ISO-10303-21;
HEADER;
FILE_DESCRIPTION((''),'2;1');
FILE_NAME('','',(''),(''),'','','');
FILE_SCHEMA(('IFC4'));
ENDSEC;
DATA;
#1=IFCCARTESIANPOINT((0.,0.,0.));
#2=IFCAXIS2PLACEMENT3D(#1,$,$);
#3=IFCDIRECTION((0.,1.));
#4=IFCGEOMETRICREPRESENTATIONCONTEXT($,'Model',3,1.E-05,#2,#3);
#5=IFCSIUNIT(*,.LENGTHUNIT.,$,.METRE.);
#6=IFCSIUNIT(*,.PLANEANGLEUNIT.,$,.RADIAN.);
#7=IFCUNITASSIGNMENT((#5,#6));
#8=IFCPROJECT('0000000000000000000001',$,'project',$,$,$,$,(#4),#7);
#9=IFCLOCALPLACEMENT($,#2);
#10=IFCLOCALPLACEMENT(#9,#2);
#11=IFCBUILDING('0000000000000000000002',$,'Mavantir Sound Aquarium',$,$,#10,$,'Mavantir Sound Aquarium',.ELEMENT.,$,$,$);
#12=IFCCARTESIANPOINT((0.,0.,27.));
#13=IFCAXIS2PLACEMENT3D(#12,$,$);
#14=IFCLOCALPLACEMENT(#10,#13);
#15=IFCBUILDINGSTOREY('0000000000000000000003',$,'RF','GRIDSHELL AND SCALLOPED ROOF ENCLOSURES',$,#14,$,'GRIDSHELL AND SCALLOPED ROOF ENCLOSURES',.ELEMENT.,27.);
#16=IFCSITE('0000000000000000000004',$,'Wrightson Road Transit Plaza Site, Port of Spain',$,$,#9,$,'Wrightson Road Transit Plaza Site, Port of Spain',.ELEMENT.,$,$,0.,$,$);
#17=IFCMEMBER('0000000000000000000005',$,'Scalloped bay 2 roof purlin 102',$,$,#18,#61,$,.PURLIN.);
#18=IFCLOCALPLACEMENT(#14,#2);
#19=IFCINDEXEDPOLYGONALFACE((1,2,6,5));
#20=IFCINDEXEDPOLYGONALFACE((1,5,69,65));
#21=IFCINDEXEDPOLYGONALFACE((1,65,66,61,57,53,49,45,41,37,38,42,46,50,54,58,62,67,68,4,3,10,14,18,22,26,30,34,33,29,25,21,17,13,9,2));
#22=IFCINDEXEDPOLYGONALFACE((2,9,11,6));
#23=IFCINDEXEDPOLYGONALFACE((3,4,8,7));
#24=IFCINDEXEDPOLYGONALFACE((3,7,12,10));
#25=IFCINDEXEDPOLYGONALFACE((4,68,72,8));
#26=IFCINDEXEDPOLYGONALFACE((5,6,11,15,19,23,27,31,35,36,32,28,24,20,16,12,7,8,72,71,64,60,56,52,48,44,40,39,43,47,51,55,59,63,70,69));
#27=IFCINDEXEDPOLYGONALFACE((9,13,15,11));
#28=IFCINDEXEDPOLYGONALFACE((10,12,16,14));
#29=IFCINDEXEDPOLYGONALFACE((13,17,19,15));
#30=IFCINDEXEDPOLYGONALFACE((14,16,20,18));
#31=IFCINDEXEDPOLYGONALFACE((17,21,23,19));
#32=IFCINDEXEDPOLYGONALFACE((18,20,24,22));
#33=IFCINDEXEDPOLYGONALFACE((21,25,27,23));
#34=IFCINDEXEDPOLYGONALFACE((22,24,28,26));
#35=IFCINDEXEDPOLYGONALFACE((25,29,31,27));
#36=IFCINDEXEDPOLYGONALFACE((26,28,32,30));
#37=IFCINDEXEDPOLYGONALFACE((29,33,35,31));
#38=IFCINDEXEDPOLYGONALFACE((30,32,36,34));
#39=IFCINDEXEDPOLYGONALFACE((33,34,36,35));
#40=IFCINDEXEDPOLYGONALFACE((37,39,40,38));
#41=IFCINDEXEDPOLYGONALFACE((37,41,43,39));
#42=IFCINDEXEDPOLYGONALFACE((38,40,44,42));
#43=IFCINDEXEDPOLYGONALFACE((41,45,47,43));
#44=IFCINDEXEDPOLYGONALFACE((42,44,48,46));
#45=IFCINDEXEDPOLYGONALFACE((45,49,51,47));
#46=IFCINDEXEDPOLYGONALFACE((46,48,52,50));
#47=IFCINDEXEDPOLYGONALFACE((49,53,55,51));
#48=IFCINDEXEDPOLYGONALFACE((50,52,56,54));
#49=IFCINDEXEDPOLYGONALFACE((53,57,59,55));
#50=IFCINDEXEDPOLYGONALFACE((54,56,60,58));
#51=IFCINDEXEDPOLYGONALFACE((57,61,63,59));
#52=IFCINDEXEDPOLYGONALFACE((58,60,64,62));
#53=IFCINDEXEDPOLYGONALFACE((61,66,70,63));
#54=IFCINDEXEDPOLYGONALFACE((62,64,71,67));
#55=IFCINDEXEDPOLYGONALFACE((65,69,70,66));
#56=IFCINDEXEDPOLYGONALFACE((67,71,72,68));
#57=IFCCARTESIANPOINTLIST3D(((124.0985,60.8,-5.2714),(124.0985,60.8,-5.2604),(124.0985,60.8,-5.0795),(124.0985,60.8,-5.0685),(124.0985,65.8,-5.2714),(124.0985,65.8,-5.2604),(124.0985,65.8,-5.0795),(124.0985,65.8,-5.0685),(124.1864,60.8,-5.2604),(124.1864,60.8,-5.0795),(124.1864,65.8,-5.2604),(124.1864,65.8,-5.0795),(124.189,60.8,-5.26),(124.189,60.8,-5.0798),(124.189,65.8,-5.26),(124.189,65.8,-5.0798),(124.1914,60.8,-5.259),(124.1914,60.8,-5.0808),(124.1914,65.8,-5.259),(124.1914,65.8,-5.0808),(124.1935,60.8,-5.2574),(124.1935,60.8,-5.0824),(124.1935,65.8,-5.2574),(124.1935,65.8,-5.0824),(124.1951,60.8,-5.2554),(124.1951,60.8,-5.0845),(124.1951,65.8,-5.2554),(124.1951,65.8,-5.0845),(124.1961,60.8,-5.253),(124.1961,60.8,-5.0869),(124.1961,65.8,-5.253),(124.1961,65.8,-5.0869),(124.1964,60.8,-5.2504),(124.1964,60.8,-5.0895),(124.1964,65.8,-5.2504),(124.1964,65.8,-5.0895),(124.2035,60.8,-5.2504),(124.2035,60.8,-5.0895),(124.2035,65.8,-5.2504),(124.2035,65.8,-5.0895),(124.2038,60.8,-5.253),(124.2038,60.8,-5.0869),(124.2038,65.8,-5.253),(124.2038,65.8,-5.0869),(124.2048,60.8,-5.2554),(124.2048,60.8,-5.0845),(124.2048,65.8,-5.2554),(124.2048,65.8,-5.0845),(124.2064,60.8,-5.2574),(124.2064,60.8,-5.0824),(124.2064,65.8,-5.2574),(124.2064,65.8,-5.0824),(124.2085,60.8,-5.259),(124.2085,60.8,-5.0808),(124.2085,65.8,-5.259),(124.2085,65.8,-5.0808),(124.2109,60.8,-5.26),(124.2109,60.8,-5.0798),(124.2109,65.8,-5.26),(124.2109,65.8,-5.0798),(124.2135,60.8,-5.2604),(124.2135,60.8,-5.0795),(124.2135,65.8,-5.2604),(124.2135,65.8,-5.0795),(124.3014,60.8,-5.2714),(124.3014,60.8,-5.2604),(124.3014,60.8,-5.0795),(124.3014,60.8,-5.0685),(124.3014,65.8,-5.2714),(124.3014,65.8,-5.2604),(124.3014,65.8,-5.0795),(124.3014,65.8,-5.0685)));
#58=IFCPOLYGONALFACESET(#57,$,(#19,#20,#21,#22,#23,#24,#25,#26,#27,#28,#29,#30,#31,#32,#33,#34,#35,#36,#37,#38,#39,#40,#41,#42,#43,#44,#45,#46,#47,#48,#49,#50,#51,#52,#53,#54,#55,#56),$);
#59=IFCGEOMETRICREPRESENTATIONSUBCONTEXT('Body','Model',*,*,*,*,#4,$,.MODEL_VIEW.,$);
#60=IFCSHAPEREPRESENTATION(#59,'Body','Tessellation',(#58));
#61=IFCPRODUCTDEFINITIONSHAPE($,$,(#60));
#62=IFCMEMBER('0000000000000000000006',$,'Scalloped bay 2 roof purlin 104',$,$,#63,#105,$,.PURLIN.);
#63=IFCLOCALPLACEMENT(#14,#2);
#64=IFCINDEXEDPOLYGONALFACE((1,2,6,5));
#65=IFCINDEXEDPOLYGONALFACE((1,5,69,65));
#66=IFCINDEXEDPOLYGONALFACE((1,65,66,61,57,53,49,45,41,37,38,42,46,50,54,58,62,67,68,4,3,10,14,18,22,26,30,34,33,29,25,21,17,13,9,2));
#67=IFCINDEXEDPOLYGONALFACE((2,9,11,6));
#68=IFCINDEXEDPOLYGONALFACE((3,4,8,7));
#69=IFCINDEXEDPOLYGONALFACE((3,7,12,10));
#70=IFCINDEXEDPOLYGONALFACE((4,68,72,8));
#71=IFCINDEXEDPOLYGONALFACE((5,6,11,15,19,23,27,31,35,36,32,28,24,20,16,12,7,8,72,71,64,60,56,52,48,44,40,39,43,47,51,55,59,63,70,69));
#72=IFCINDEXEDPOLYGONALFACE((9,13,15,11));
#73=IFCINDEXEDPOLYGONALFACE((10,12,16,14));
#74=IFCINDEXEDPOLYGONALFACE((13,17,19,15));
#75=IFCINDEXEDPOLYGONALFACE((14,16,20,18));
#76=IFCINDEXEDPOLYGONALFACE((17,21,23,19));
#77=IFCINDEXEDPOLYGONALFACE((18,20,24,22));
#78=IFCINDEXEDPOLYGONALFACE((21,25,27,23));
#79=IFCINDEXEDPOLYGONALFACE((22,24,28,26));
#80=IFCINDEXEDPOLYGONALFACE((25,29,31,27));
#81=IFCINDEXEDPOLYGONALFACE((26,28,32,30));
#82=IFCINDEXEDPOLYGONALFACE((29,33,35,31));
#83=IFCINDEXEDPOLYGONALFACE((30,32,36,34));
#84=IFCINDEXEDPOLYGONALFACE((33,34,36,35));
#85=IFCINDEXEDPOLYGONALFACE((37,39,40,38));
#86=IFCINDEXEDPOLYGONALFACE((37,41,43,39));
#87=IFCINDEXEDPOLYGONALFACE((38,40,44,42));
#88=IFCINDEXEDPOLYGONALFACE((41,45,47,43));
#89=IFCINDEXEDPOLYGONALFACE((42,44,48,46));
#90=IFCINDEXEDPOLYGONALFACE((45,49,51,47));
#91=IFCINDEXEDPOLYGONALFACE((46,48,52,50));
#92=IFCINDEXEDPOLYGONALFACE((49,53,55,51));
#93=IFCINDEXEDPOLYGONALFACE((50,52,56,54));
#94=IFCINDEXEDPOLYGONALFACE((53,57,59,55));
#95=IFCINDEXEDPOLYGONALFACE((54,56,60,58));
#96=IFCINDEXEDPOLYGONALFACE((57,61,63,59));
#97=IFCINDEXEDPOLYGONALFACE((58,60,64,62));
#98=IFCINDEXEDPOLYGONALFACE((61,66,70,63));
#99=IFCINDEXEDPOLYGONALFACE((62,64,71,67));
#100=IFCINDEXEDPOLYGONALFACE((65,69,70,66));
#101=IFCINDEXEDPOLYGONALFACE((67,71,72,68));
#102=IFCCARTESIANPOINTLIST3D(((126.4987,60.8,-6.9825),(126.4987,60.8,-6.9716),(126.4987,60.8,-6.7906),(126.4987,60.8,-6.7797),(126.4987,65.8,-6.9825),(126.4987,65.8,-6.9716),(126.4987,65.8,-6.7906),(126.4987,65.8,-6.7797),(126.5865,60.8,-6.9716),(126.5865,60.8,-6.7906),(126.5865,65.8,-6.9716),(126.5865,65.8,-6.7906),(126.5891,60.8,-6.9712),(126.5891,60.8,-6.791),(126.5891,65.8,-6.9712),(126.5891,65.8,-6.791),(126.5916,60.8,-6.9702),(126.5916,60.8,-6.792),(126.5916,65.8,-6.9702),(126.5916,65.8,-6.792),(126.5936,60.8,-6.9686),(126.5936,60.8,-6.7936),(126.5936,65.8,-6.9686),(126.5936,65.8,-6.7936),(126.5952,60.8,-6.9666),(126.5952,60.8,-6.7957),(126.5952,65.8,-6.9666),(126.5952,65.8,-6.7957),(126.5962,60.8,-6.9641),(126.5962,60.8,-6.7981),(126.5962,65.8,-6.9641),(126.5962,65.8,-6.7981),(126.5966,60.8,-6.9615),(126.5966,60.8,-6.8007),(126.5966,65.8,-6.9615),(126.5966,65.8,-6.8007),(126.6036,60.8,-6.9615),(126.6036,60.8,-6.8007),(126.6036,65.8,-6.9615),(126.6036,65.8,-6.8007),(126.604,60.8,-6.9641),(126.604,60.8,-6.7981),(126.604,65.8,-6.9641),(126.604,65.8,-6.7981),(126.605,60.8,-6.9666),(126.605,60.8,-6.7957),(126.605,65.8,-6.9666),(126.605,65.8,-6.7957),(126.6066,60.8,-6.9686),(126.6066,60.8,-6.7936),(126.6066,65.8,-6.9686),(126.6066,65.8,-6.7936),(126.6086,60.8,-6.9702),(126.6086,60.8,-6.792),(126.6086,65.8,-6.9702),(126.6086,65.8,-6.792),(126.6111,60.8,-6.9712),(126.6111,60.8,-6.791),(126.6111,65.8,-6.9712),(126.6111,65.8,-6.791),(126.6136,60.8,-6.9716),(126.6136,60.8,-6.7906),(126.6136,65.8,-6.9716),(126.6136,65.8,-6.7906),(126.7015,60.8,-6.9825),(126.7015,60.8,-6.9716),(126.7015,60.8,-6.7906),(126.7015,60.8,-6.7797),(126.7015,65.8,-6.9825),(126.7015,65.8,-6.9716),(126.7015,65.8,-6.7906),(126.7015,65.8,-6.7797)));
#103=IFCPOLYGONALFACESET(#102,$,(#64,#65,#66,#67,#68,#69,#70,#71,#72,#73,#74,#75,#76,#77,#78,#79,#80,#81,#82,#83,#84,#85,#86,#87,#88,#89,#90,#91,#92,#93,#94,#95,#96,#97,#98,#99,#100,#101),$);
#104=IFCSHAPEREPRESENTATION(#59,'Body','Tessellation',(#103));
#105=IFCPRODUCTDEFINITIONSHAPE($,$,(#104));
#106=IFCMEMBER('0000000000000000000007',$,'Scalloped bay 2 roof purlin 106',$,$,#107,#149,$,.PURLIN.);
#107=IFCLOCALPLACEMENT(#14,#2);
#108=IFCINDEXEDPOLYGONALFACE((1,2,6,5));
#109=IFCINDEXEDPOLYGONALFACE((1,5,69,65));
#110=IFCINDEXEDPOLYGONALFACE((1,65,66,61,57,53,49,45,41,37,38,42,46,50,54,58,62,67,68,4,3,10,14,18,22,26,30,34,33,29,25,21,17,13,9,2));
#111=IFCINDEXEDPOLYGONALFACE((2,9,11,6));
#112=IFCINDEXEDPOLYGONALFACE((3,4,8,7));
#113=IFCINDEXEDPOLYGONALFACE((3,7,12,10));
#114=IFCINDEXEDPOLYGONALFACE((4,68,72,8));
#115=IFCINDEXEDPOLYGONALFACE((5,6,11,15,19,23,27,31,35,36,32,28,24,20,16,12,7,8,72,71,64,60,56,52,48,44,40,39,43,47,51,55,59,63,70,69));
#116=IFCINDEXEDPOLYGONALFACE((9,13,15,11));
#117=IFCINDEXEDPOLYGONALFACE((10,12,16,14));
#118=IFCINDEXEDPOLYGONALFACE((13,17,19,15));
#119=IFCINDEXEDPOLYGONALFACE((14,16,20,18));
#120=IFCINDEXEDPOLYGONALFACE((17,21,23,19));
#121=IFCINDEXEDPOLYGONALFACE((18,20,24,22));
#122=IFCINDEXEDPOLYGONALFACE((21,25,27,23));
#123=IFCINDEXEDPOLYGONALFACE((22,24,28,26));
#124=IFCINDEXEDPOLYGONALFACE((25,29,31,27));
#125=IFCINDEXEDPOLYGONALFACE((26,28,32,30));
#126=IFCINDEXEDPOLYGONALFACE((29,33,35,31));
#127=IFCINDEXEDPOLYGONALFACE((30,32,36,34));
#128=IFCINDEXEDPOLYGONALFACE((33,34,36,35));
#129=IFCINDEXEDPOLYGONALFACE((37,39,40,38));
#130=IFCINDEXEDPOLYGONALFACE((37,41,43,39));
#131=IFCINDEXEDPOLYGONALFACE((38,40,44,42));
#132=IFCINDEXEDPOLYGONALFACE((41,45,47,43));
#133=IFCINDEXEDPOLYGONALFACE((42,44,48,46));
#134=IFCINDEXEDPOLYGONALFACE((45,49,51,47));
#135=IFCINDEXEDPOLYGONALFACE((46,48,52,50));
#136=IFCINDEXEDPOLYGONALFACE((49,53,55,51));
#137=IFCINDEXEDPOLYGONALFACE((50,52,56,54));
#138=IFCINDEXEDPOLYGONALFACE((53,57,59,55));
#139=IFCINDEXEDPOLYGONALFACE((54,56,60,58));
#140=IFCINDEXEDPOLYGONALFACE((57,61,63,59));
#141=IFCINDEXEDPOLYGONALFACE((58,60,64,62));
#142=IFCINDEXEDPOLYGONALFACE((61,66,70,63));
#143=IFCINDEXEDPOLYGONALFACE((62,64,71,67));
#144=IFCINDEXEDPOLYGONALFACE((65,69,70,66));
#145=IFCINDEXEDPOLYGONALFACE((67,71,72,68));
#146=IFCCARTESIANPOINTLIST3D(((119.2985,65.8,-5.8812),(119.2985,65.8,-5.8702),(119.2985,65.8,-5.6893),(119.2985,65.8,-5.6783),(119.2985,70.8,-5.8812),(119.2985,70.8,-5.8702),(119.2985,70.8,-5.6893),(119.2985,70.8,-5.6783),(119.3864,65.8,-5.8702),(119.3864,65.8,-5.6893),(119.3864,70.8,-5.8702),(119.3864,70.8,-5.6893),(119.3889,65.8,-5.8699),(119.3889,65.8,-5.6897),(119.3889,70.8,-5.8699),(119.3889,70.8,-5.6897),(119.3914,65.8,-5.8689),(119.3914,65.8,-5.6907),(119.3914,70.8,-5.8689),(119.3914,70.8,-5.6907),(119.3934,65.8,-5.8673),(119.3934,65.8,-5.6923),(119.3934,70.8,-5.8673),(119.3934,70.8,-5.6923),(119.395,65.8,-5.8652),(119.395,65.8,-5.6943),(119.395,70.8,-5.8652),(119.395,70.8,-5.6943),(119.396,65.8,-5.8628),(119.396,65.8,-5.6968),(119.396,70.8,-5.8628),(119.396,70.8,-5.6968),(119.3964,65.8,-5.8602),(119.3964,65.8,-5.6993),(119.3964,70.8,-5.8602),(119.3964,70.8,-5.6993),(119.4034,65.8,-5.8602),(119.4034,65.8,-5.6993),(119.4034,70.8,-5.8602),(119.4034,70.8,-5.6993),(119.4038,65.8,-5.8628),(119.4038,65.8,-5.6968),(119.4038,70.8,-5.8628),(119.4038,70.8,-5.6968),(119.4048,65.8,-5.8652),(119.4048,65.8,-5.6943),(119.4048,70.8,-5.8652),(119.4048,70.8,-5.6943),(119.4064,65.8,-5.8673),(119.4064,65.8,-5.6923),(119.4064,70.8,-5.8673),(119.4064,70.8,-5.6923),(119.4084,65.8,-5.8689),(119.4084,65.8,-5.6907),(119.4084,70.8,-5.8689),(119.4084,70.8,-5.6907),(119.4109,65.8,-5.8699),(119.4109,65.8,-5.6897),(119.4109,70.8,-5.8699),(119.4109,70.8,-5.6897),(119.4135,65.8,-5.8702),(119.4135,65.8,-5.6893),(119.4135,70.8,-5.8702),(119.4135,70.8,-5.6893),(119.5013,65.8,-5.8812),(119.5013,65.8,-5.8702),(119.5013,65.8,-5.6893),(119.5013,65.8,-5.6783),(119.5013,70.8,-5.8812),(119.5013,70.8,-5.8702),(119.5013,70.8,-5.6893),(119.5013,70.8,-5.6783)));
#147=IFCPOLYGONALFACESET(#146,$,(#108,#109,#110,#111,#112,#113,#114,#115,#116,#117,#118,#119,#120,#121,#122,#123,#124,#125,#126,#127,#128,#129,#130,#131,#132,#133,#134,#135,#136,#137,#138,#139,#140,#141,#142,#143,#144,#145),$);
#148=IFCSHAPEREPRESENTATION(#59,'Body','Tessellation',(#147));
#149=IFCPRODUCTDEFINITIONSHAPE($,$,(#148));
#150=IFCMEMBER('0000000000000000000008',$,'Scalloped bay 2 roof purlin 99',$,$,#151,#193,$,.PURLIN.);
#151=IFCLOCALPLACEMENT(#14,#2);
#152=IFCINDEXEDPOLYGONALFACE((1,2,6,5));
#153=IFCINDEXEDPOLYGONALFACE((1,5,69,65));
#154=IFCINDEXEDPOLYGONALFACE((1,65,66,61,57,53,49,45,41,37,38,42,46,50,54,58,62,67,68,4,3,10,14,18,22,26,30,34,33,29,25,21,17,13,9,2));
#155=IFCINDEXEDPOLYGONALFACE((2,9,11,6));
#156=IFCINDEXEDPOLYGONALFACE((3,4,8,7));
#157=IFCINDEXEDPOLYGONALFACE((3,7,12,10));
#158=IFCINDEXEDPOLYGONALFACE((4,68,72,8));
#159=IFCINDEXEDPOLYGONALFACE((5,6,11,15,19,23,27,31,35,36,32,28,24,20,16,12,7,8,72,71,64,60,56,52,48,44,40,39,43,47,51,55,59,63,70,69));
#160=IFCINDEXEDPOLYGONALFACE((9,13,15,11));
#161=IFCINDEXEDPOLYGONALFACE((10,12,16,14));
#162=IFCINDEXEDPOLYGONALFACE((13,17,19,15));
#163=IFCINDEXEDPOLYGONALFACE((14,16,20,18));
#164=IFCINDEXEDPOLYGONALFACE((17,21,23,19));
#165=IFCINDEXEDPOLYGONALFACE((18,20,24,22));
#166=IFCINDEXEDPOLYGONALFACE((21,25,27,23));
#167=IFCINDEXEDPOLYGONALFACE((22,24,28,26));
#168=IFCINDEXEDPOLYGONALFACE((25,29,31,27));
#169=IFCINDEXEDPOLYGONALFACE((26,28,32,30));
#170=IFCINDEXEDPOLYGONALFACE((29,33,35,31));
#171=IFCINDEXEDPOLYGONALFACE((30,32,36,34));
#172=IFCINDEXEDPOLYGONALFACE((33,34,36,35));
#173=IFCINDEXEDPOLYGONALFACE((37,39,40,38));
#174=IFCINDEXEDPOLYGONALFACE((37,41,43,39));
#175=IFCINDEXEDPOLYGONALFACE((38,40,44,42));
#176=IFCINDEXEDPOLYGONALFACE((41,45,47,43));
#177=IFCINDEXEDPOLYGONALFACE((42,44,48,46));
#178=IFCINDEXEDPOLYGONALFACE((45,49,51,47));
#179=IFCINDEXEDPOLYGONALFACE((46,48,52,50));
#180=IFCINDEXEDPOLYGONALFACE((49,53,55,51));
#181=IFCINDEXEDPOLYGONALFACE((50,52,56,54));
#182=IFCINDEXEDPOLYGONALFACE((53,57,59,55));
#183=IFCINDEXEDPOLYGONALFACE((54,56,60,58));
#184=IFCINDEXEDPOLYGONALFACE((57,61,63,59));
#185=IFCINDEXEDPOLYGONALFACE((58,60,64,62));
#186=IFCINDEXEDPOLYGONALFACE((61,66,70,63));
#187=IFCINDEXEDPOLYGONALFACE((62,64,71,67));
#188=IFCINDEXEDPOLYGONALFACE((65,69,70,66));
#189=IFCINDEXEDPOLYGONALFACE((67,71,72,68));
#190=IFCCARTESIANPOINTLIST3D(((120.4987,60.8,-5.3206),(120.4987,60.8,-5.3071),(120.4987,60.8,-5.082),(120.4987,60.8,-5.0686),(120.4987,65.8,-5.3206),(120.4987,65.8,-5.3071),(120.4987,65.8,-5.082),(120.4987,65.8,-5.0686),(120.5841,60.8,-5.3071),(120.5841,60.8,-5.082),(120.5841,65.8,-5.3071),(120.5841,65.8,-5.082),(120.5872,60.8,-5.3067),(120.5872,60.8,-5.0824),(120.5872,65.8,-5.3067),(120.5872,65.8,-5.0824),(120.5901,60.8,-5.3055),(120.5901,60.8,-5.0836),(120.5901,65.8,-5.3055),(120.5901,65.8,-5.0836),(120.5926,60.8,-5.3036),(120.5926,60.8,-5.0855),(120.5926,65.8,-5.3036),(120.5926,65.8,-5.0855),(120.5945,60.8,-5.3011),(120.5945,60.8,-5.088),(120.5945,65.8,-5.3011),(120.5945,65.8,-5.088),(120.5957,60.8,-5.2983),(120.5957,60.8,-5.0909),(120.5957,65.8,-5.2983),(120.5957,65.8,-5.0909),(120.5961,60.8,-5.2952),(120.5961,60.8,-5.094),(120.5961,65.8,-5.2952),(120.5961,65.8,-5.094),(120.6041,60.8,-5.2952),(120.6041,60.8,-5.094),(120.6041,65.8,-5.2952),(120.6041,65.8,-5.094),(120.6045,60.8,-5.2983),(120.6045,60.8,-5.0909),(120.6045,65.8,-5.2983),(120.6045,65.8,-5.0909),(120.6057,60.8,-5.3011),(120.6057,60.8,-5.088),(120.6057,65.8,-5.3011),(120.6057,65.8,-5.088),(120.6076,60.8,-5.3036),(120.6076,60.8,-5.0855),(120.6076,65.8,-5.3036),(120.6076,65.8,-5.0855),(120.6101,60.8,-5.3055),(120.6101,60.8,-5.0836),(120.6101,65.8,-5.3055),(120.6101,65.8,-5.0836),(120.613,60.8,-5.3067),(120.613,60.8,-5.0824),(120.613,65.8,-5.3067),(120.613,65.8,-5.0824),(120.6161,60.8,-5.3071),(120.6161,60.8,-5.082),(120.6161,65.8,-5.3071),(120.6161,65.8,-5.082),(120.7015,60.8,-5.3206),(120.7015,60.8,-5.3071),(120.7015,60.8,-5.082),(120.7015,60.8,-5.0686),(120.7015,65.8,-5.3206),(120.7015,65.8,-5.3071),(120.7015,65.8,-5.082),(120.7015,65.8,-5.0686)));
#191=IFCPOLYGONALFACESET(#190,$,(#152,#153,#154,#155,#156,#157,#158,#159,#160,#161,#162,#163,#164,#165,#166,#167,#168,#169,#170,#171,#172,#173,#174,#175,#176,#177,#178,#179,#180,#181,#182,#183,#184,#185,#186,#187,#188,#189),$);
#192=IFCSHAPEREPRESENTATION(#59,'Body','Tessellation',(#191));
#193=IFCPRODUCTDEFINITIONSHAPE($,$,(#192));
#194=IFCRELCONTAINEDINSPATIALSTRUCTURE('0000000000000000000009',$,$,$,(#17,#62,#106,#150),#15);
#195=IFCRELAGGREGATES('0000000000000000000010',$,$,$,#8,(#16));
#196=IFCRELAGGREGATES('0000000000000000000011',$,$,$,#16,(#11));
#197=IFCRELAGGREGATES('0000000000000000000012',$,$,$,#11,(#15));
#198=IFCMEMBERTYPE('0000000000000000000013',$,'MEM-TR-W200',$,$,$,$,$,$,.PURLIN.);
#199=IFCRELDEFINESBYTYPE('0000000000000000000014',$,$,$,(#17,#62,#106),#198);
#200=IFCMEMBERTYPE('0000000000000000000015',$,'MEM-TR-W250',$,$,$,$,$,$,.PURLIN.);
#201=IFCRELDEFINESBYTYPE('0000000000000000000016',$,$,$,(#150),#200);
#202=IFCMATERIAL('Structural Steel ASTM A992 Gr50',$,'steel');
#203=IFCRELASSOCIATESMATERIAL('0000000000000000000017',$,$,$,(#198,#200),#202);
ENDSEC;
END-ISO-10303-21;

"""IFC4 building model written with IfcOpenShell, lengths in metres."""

from ifc_helpers import new_model, si_unit, direction, frame, origin, origin_2d, place, context, subcontext, project, spatial, i_section, extrude, material, material_profile, profile_set, type_object, element, save


model = new_model("IFC4")

# Units and contexts
model_context = context("Model", 3, precision=1e-05, world=origin(), true_north=direction((0.0, 1.0)))
body_context = subcontext(model_context, "Body", "Model", "MODEL_VIEW")
ifc_project = project(units=[si_unit("LENGTHUNIT", "METRE"), si_unit("PLANEANGLEUNIT", "RADIAN")], contexts=[model_context])

# Site, building, storey
site_placement = place(None, origin())
site = spatial("IfcSite", under=ifc_project, at=site_placement, Name="Wrightson Road Transit Plaza Site, Port of Spain", LongName="Wrightson Road Transit Plaza Site, Port of Spain", CompositionType="ELEMENT", RefElevation=0.0)
building_placement = place(site_placement, origin())
building = spatial("IfcBuilding", under=site, at=building_placement, Name="Mavantir Sound Aquarium", LongName="Mavantir Sound Aquarium", CompositionType="ELEMENT")
storey_placement = place(building_placement, frame((0.0, 0.0, 27.0)))
storey = spatial("IfcBuildingStorey", under=building, at=storey_placement, Name="RF", Description="GRIDSHELL AND SCALLOPED ROOF ENCLOSURES", LongName="GRIDSHELL AND SCALLOPED ROOF ENCLOSURES", CompositionType="ELEMENT", Elevation=27.0)

# Shared definitions
ifc_material_1 = material(Name="Structural Steel ASTM A992 Gr50", Category="steel")

# Members
ifc_material_profile_1 = material_profile(ifc_material_1, i_section(OverallWidth=0.2029, OverallDepth=0.2029, WebThickness=0.0071, FlangeThickness=0.011, FilletRadius=0.01, at=origin_2d()), Name="W200X46")
ifc_profile_set_1 = profile_set([ifc_material_profile_1], Name="Structural Steel ASTM A992 Gr50")
member_type_1 = type_object("IfcMemberType", Name="MEM-TR-W200", PredefinedType="PURLIN", material=ifc_profile_set_1)
for number, where, z_axis, x_axis, name in (
    (1, (124.2, 60.8, -5.1699), (0.0, 1.0, 0.0), (-1.0, 0.0, 0.0), "Scalloped bay 2 roof purlin 102"),
    (2, (126.6001, 60.8, -6.8811), (0.0, 1.0, 0.0), (-1.0, 0.0, 0.0), "Scalloped bay 2 roof purlin 104"),
    (3, (119.3999, 65.8, -5.7798), (0.0, 1.0, 0.0), (-1.0, 0.0, 0.0), "Scalloped bay 2 roof purlin 106"),
):
    element("IfcMember", number, at=place(storey_placement, frame(where, z_axis=z_axis, x_axis=x_axis)), inside=storey, type_object=member_type_1, Name=name, PredefinedType="PURLIN", context=body_context, shape_type="SweptSolid", body=[
        extrude(i_section(OverallWidth=0.2029, OverallDepth=0.2029, WebThickness=0.0071, FlangeThickness=0.011, FilletRadius=0.01, at=origin_2d()), origin(), (0.0, 0.0, 1.0), 5.0),
    ])
ifc_material_profile_2 = material_profile(ifc_material_1, i_section(OverallWidth=0.2029, OverallDepth=0.252, WebThickness=0.0081, FlangeThickness=0.0134, FilletRadius=0.012, at=origin_2d()), Name="W250X58")
ifc_profile_set_2 = profile_set([ifc_material_profile_2], Name="Structural Steel ASTM A992 Gr50")
member_type_2 = type_object("IfcMemberType", Name="MEM-TR-W250", PredefinedType="PURLIN", material=ifc_profile_set_2)
for number, where, z_axis, x_axis, name in (
    (4, (120.6001, 60.8, -5.1946), (0.0, 1.0, 0.0), (-1.0, 0.0, 0.0), "Scalloped bay 2 roof purlin 99"),
):
    element("IfcMember", number, at=place(storey_placement, frame(where, z_axis=z_axis, x_axis=x_axis)), inside=storey, type_object=member_type_2, Name=name, PredefinedType="PURLIN", context=body_context, shape_type="SweptSolid", body=[
        extrude(i_section(OverallWidth=0.2029, OverallDepth=0.252, WebThickness=0.0081, FlangeThickness=0.0134, FilletRadius=0.012, at=origin_2d()), origin(), (0.0, 0.0, 1.0), 5.0),
    ])

save(model, "model.ifc")
